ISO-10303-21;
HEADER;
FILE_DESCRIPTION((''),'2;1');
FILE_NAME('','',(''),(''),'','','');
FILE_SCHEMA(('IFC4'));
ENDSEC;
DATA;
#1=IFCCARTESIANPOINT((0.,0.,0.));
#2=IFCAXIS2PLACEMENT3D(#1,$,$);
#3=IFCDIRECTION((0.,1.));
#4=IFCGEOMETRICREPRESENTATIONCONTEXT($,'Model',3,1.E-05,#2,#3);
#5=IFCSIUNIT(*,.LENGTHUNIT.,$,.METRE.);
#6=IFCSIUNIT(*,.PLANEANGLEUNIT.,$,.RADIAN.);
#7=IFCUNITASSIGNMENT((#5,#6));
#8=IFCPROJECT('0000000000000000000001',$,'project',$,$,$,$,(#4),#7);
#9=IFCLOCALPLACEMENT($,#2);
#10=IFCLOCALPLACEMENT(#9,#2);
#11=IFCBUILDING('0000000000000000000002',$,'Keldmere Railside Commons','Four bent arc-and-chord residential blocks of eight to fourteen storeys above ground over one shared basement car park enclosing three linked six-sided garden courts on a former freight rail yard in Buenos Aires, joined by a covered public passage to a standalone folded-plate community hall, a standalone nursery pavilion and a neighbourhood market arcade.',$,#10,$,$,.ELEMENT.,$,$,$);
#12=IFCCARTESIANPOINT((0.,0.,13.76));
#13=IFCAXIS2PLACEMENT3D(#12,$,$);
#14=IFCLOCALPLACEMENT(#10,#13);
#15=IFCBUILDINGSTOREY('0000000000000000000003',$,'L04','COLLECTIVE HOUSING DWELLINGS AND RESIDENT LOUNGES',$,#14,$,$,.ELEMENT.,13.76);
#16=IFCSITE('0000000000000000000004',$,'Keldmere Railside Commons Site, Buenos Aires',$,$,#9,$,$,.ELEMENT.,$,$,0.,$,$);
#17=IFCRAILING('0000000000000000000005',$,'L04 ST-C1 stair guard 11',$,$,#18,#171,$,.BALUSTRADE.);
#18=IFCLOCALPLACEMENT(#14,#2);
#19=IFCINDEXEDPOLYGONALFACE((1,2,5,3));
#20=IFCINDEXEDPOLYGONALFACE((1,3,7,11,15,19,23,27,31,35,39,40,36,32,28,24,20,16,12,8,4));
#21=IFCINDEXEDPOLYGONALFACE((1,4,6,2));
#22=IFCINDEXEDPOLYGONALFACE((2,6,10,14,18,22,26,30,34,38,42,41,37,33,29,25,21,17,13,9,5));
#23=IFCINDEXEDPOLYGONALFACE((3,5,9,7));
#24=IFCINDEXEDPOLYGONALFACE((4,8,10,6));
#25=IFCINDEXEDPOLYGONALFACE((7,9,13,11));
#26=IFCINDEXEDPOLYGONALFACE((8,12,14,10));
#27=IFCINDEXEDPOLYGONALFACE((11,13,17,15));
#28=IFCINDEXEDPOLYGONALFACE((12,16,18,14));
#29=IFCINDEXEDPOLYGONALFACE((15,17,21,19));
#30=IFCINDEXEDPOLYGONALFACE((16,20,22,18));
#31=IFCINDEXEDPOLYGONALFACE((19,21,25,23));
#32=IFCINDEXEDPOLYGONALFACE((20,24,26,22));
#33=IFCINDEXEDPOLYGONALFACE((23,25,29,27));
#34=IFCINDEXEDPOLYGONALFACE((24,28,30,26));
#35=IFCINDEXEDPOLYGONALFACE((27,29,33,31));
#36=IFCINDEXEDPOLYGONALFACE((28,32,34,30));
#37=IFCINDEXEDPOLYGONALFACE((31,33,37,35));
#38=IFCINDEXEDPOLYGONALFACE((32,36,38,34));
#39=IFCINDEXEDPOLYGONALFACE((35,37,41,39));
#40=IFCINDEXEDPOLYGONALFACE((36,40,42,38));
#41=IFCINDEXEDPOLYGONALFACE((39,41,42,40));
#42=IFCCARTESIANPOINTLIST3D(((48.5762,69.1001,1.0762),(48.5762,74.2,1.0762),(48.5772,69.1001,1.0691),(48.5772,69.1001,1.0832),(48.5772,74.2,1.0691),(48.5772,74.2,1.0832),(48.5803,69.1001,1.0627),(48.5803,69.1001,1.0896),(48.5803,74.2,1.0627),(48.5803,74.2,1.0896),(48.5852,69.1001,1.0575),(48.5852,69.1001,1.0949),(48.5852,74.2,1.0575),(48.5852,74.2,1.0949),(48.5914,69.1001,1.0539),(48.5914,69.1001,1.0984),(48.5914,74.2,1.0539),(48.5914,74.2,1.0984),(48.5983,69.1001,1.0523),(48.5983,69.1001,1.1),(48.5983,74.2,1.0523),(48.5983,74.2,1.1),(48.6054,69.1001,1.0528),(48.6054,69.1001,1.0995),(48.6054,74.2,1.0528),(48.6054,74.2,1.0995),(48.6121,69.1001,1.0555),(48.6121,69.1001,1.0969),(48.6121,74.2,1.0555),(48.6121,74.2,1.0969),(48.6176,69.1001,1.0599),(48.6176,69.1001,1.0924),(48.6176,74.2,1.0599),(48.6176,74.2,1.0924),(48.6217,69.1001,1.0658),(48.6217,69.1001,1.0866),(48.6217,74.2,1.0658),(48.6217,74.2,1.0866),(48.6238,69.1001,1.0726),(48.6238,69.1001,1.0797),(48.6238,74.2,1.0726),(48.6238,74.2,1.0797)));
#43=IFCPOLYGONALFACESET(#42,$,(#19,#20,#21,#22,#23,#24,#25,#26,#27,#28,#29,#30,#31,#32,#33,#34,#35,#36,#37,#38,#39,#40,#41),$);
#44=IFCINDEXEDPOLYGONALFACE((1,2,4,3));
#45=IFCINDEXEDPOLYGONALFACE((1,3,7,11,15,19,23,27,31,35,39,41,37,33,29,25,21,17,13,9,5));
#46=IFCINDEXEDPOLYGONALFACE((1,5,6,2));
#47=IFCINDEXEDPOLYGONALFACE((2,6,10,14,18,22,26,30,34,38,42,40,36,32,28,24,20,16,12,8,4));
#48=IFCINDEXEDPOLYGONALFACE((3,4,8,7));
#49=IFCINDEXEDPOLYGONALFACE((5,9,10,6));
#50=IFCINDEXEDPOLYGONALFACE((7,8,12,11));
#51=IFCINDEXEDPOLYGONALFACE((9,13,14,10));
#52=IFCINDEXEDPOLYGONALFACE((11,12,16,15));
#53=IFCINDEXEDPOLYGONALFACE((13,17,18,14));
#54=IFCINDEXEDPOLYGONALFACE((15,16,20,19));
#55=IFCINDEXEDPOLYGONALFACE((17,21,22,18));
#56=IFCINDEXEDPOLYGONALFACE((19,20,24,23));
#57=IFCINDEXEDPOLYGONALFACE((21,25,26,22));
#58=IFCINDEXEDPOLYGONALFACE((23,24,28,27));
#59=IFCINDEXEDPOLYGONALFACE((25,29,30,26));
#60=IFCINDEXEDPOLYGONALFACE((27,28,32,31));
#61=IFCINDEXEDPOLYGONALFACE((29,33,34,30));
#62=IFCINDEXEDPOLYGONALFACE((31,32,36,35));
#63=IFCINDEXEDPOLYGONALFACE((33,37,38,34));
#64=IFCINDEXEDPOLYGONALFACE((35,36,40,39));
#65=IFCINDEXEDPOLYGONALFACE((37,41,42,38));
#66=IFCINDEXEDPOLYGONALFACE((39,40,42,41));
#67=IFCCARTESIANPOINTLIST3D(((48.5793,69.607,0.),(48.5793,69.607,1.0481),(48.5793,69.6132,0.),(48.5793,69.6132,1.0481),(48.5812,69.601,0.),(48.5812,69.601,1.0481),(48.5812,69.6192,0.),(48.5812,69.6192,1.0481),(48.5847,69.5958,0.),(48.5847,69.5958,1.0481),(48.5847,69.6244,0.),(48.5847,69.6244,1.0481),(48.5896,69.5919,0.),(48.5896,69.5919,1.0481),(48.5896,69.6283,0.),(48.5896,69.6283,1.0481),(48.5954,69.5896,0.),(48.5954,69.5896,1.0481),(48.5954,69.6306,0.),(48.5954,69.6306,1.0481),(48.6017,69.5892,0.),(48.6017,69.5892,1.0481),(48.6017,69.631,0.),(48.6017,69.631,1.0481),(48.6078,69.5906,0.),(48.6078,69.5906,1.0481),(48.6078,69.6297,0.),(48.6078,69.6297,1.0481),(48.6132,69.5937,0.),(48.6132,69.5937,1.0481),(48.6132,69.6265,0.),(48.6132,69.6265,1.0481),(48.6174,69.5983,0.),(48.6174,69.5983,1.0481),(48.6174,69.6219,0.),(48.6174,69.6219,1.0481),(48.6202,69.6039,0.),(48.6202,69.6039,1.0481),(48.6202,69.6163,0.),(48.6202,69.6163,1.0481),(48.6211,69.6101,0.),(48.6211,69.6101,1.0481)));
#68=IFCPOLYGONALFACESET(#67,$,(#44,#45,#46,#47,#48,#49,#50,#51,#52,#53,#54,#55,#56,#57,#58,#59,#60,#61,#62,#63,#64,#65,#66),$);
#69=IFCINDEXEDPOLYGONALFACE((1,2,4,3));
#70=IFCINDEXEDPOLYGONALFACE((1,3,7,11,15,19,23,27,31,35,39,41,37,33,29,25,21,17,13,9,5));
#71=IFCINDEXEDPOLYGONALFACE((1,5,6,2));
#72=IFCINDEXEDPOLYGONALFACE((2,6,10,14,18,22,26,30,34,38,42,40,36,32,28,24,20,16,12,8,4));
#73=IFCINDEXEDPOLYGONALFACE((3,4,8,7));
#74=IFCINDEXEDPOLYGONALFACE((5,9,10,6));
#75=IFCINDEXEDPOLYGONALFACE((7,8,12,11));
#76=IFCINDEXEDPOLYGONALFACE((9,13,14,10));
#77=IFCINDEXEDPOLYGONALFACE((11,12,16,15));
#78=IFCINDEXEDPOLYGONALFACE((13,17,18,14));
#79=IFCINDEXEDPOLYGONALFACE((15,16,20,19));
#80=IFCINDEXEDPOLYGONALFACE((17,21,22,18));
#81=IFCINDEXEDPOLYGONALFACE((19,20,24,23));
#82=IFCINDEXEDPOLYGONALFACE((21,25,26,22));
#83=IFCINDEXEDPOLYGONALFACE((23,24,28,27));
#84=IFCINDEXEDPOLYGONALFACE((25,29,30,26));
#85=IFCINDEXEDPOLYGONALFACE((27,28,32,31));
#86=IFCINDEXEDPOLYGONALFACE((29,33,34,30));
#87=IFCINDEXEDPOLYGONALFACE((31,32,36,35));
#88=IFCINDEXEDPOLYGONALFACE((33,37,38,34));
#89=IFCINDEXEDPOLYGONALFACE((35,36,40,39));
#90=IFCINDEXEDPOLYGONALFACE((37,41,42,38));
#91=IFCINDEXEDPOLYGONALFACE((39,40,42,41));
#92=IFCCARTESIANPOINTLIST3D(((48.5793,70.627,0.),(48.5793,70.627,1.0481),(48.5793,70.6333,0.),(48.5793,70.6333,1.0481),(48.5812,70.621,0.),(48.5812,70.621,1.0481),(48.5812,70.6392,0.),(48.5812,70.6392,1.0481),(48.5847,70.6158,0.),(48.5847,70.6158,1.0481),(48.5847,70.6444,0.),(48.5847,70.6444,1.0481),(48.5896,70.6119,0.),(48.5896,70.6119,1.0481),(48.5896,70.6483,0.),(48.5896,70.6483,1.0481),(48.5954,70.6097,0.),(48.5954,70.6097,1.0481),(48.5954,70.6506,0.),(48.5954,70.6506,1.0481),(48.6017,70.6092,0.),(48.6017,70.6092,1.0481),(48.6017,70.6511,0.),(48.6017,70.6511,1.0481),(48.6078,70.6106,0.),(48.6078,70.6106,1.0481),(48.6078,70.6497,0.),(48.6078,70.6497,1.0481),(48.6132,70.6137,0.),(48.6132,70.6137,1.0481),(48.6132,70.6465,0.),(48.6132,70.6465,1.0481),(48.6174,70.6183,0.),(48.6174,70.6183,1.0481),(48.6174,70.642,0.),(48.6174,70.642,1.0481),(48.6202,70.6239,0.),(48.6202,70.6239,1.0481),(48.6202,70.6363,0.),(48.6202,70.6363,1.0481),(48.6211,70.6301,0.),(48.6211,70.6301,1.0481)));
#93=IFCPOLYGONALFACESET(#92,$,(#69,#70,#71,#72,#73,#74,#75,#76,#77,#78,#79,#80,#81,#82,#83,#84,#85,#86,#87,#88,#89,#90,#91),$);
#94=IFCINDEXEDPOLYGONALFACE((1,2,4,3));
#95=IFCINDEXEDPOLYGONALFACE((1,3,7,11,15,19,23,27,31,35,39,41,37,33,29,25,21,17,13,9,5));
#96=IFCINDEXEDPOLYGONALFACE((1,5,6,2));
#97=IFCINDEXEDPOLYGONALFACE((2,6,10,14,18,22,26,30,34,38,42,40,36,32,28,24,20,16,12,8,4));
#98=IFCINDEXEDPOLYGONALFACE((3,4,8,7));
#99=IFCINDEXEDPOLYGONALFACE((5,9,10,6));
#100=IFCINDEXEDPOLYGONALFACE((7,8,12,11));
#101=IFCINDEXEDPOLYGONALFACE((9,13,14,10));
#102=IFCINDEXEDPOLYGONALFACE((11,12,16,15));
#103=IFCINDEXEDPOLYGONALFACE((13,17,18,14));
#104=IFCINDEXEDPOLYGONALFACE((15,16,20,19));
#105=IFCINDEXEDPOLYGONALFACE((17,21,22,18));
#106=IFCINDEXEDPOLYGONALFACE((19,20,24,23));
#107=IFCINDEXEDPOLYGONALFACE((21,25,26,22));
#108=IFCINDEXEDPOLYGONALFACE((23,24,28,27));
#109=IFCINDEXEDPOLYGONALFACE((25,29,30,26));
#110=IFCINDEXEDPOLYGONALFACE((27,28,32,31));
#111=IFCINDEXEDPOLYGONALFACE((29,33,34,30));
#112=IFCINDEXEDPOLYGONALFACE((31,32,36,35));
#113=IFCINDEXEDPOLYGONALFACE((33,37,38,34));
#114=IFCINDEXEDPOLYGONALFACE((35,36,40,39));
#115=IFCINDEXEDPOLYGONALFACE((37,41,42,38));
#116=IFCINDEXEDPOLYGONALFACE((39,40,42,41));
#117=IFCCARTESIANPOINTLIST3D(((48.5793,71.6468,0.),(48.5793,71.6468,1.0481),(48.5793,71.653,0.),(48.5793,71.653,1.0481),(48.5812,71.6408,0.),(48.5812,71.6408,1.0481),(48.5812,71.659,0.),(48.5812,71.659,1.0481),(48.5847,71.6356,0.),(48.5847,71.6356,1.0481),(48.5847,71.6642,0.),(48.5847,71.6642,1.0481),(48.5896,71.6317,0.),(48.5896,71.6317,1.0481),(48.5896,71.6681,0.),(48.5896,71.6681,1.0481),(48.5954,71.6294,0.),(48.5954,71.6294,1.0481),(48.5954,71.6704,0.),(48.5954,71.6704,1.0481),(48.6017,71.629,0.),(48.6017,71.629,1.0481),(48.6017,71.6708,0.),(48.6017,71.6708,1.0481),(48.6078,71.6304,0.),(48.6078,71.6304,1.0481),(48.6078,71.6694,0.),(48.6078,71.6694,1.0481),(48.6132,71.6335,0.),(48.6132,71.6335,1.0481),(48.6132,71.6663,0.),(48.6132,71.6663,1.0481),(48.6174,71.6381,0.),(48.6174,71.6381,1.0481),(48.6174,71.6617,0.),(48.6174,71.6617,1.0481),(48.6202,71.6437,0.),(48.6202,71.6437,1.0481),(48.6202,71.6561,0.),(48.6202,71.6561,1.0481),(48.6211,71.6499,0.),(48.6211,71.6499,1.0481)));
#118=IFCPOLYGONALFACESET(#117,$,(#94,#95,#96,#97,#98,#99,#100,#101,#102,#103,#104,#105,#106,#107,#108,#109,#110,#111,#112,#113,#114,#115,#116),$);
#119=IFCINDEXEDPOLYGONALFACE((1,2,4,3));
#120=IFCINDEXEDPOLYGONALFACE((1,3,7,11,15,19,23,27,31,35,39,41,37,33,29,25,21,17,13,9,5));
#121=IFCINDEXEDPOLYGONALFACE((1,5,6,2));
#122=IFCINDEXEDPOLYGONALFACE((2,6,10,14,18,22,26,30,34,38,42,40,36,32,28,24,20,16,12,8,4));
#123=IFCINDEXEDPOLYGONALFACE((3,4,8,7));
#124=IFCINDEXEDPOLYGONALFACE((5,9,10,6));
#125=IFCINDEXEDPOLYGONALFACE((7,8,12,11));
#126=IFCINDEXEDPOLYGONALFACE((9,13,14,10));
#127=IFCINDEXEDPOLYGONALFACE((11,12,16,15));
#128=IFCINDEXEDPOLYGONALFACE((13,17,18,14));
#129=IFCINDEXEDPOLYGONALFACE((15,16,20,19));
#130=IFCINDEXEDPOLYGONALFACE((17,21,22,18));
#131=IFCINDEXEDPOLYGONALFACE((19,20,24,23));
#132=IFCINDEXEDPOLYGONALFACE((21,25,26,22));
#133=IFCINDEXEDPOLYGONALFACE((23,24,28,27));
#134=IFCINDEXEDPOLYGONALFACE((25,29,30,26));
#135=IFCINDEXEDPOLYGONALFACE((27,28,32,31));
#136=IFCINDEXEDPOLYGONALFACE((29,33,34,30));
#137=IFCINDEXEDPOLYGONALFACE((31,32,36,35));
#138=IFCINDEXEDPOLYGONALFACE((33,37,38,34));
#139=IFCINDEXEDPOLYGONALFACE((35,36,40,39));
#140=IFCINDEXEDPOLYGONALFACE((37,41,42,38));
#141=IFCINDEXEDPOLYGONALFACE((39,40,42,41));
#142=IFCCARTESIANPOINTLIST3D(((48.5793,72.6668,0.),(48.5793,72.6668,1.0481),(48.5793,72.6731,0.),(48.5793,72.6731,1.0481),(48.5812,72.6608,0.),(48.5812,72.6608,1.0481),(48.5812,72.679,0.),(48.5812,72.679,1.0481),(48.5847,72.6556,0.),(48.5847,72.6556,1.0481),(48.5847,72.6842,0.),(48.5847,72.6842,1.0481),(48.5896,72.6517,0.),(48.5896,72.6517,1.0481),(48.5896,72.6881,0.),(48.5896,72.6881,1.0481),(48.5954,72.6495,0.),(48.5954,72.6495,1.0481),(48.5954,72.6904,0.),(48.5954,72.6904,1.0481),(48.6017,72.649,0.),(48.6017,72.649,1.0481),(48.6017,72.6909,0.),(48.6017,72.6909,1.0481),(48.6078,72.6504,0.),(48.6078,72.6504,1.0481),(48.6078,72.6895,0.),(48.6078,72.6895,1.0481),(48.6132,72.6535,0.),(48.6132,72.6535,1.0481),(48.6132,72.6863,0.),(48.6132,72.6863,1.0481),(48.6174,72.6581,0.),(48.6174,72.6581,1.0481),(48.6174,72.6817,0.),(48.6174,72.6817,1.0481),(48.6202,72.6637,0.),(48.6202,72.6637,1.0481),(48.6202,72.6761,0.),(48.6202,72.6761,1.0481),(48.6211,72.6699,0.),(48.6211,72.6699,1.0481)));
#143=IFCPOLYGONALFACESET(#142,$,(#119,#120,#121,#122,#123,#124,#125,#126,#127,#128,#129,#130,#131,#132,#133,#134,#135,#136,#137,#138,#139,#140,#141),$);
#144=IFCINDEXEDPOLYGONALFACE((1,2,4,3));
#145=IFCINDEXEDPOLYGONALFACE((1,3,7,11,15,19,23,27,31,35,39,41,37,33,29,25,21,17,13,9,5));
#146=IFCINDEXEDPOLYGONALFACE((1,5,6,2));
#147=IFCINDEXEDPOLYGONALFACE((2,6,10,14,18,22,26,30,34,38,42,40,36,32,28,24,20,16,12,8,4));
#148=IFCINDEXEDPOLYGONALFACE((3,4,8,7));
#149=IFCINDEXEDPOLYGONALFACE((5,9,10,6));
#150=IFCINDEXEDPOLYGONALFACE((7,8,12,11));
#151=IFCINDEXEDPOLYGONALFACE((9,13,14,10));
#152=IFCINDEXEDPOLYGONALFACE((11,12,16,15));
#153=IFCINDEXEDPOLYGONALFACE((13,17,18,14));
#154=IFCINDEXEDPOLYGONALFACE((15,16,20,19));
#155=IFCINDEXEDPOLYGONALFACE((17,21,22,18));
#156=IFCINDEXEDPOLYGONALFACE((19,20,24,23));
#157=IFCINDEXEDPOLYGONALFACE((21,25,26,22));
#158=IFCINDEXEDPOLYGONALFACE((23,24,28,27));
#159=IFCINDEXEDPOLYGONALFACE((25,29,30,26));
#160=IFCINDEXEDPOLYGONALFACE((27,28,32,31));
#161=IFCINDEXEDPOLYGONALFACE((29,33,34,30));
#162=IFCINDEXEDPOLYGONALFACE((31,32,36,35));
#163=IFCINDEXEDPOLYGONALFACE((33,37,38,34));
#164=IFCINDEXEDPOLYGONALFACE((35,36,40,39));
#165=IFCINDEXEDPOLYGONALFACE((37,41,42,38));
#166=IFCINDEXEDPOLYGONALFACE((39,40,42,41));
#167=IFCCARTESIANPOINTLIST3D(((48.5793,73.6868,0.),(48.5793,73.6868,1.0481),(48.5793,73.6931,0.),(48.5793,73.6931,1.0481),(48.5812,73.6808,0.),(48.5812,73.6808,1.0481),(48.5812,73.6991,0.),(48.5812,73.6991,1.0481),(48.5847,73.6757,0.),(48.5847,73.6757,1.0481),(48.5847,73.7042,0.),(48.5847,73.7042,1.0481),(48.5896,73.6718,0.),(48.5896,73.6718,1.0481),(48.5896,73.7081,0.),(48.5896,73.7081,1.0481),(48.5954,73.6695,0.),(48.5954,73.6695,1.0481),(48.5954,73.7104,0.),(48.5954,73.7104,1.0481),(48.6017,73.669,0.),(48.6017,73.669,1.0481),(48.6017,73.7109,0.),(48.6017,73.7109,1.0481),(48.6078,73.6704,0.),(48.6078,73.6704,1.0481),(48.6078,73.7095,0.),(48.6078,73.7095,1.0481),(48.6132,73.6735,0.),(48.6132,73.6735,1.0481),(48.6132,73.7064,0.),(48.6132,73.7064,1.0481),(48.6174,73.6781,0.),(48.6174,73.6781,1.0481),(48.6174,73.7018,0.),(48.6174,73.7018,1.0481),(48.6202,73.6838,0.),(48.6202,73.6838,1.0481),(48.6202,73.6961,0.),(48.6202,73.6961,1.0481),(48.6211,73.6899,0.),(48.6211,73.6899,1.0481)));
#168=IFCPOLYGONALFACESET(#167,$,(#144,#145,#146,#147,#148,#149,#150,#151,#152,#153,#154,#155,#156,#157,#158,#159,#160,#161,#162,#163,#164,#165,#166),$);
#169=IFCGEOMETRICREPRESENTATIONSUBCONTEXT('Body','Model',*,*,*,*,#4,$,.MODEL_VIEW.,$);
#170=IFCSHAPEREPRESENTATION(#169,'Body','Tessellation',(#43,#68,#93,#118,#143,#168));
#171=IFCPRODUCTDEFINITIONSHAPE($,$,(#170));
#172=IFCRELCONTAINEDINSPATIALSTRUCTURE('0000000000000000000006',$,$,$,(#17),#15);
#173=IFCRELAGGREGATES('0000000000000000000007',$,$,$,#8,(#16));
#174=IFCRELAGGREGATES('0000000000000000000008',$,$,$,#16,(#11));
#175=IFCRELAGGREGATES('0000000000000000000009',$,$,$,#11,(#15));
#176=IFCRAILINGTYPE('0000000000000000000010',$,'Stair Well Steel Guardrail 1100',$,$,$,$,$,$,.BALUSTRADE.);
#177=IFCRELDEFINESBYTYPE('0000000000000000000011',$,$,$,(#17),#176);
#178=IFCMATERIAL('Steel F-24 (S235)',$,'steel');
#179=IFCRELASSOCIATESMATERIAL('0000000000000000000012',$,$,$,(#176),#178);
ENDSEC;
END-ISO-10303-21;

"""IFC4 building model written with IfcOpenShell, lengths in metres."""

from ifc_helpers import new_model, si_unit, direction, frame, origin, origin_2d, place, context, subcontext, project, spatial, circle, extrude, material, type_object, element, save


model = new_model("IFC4")

# Units and contexts
model_context = context("Model", 3, precision=1e-05, world=origin(), true_north=direction((0.0, 1.0)))
body_context = subcontext(model_context, "Body", "Model", "MODEL_VIEW")
ifc_project = project(units=[si_unit("LENGTHUNIT", "METRE"), si_unit("PLANEANGLEUNIT", "RADIAN")], contexts=[model_context])

# Site, building, storey
site_placement = place(None, origin())
site = spatial("IfcSite", under=ifc_project, at=site_placement, Name="Keldmere Railside Commons Site, Buenos Aires", CompositionType="ELEMENT", RefElevation=0.0)
building_placement = place(site_placement, origin())
building = spatial("IfcBuilding", under=site, at=building_placement, Name="Keldmere Railside Commons", Description="Four bent arc-and-chord residential blocks of eight to fourteen storeys above ground over one shared basement car park enclosing three linked six-sided garden courts on a former freight rail yard in Buenos Aires, joined by a covered public passage to a standalone folded-plate community hall, a standalone nursery pavilion and a neighbourhood market arcade.", CompositionType="ELEMENT")
storey_placement = place(building_placement, frame((0.0, 0.0, 13.76)))
storey = spatial("IfcBuildingStorey", under=building, at=storey_placement, Name="L04", Description="COLLECTIVE HOUSING DWELLINGS AND RESIDENT LOUNGES", CompositionType="ELEMENT", Elevation=13.76)

# Railing
ifc_material_1 = material(Name="Steel F-24 (S235)", Category="steel")
railing_type_1 = type_object("IfcRailingType", Name="Stair Well Steel Guardrail 1100", PredefinedType="BALUSTRADE", material=ifc_material_1)
railing_1_placement = place(storey_placement, frame((48.6001, 69.1001, 0.0)))
element("IfcRailing", 1, at=railing_1_placement, inside=storey, type_object=railing_type_1, Name="L04 ST-C1 stair guard 11", PredefinedType="BALUSTRADE", context=body_context, shape_type="SweptSolid", body=[
    extrude(circle(Radius=0.0239, at=origin_2d()), frame((0.0, 0.0, 1.0762), z_axis=(0.0, 1.0, 0.0), x_axis=(-1.0, 0.0, 0.0)), (0.0, 0.0, 1.0), 5.0999),
    extrude(circle(Radius=0.021, at=origin_2d()), frame((0.0, 0.51, 0.0)), (0.0, 0.0, 1.0), 1.0481),
    extrude(circle(Radius=0.021, at=origin_2d()), frame((0.0, 1.53, 0.0)), (0.0, 0.0, 1.0), 1.0481),
    extrude(circle(Radius=0.021, at=origin_2d()), frame((0.0, 2.5498, 0.0)), (0.0, 0.0, 1.0), 1.0481),
    extrude(circle(Radius=0.021, at=origin_2d()), frame((0.0, 3.5698, 0.0)), (0.0, 0.0, 1.0), 1.0481),
    extrude(circle(Radius=0.021, at=origin_2d()), frame((0.0, 4.5898, 0.0)), (0.0, 0.0, 1.0), 1.0481),
])

save(model, "model.ifc")
